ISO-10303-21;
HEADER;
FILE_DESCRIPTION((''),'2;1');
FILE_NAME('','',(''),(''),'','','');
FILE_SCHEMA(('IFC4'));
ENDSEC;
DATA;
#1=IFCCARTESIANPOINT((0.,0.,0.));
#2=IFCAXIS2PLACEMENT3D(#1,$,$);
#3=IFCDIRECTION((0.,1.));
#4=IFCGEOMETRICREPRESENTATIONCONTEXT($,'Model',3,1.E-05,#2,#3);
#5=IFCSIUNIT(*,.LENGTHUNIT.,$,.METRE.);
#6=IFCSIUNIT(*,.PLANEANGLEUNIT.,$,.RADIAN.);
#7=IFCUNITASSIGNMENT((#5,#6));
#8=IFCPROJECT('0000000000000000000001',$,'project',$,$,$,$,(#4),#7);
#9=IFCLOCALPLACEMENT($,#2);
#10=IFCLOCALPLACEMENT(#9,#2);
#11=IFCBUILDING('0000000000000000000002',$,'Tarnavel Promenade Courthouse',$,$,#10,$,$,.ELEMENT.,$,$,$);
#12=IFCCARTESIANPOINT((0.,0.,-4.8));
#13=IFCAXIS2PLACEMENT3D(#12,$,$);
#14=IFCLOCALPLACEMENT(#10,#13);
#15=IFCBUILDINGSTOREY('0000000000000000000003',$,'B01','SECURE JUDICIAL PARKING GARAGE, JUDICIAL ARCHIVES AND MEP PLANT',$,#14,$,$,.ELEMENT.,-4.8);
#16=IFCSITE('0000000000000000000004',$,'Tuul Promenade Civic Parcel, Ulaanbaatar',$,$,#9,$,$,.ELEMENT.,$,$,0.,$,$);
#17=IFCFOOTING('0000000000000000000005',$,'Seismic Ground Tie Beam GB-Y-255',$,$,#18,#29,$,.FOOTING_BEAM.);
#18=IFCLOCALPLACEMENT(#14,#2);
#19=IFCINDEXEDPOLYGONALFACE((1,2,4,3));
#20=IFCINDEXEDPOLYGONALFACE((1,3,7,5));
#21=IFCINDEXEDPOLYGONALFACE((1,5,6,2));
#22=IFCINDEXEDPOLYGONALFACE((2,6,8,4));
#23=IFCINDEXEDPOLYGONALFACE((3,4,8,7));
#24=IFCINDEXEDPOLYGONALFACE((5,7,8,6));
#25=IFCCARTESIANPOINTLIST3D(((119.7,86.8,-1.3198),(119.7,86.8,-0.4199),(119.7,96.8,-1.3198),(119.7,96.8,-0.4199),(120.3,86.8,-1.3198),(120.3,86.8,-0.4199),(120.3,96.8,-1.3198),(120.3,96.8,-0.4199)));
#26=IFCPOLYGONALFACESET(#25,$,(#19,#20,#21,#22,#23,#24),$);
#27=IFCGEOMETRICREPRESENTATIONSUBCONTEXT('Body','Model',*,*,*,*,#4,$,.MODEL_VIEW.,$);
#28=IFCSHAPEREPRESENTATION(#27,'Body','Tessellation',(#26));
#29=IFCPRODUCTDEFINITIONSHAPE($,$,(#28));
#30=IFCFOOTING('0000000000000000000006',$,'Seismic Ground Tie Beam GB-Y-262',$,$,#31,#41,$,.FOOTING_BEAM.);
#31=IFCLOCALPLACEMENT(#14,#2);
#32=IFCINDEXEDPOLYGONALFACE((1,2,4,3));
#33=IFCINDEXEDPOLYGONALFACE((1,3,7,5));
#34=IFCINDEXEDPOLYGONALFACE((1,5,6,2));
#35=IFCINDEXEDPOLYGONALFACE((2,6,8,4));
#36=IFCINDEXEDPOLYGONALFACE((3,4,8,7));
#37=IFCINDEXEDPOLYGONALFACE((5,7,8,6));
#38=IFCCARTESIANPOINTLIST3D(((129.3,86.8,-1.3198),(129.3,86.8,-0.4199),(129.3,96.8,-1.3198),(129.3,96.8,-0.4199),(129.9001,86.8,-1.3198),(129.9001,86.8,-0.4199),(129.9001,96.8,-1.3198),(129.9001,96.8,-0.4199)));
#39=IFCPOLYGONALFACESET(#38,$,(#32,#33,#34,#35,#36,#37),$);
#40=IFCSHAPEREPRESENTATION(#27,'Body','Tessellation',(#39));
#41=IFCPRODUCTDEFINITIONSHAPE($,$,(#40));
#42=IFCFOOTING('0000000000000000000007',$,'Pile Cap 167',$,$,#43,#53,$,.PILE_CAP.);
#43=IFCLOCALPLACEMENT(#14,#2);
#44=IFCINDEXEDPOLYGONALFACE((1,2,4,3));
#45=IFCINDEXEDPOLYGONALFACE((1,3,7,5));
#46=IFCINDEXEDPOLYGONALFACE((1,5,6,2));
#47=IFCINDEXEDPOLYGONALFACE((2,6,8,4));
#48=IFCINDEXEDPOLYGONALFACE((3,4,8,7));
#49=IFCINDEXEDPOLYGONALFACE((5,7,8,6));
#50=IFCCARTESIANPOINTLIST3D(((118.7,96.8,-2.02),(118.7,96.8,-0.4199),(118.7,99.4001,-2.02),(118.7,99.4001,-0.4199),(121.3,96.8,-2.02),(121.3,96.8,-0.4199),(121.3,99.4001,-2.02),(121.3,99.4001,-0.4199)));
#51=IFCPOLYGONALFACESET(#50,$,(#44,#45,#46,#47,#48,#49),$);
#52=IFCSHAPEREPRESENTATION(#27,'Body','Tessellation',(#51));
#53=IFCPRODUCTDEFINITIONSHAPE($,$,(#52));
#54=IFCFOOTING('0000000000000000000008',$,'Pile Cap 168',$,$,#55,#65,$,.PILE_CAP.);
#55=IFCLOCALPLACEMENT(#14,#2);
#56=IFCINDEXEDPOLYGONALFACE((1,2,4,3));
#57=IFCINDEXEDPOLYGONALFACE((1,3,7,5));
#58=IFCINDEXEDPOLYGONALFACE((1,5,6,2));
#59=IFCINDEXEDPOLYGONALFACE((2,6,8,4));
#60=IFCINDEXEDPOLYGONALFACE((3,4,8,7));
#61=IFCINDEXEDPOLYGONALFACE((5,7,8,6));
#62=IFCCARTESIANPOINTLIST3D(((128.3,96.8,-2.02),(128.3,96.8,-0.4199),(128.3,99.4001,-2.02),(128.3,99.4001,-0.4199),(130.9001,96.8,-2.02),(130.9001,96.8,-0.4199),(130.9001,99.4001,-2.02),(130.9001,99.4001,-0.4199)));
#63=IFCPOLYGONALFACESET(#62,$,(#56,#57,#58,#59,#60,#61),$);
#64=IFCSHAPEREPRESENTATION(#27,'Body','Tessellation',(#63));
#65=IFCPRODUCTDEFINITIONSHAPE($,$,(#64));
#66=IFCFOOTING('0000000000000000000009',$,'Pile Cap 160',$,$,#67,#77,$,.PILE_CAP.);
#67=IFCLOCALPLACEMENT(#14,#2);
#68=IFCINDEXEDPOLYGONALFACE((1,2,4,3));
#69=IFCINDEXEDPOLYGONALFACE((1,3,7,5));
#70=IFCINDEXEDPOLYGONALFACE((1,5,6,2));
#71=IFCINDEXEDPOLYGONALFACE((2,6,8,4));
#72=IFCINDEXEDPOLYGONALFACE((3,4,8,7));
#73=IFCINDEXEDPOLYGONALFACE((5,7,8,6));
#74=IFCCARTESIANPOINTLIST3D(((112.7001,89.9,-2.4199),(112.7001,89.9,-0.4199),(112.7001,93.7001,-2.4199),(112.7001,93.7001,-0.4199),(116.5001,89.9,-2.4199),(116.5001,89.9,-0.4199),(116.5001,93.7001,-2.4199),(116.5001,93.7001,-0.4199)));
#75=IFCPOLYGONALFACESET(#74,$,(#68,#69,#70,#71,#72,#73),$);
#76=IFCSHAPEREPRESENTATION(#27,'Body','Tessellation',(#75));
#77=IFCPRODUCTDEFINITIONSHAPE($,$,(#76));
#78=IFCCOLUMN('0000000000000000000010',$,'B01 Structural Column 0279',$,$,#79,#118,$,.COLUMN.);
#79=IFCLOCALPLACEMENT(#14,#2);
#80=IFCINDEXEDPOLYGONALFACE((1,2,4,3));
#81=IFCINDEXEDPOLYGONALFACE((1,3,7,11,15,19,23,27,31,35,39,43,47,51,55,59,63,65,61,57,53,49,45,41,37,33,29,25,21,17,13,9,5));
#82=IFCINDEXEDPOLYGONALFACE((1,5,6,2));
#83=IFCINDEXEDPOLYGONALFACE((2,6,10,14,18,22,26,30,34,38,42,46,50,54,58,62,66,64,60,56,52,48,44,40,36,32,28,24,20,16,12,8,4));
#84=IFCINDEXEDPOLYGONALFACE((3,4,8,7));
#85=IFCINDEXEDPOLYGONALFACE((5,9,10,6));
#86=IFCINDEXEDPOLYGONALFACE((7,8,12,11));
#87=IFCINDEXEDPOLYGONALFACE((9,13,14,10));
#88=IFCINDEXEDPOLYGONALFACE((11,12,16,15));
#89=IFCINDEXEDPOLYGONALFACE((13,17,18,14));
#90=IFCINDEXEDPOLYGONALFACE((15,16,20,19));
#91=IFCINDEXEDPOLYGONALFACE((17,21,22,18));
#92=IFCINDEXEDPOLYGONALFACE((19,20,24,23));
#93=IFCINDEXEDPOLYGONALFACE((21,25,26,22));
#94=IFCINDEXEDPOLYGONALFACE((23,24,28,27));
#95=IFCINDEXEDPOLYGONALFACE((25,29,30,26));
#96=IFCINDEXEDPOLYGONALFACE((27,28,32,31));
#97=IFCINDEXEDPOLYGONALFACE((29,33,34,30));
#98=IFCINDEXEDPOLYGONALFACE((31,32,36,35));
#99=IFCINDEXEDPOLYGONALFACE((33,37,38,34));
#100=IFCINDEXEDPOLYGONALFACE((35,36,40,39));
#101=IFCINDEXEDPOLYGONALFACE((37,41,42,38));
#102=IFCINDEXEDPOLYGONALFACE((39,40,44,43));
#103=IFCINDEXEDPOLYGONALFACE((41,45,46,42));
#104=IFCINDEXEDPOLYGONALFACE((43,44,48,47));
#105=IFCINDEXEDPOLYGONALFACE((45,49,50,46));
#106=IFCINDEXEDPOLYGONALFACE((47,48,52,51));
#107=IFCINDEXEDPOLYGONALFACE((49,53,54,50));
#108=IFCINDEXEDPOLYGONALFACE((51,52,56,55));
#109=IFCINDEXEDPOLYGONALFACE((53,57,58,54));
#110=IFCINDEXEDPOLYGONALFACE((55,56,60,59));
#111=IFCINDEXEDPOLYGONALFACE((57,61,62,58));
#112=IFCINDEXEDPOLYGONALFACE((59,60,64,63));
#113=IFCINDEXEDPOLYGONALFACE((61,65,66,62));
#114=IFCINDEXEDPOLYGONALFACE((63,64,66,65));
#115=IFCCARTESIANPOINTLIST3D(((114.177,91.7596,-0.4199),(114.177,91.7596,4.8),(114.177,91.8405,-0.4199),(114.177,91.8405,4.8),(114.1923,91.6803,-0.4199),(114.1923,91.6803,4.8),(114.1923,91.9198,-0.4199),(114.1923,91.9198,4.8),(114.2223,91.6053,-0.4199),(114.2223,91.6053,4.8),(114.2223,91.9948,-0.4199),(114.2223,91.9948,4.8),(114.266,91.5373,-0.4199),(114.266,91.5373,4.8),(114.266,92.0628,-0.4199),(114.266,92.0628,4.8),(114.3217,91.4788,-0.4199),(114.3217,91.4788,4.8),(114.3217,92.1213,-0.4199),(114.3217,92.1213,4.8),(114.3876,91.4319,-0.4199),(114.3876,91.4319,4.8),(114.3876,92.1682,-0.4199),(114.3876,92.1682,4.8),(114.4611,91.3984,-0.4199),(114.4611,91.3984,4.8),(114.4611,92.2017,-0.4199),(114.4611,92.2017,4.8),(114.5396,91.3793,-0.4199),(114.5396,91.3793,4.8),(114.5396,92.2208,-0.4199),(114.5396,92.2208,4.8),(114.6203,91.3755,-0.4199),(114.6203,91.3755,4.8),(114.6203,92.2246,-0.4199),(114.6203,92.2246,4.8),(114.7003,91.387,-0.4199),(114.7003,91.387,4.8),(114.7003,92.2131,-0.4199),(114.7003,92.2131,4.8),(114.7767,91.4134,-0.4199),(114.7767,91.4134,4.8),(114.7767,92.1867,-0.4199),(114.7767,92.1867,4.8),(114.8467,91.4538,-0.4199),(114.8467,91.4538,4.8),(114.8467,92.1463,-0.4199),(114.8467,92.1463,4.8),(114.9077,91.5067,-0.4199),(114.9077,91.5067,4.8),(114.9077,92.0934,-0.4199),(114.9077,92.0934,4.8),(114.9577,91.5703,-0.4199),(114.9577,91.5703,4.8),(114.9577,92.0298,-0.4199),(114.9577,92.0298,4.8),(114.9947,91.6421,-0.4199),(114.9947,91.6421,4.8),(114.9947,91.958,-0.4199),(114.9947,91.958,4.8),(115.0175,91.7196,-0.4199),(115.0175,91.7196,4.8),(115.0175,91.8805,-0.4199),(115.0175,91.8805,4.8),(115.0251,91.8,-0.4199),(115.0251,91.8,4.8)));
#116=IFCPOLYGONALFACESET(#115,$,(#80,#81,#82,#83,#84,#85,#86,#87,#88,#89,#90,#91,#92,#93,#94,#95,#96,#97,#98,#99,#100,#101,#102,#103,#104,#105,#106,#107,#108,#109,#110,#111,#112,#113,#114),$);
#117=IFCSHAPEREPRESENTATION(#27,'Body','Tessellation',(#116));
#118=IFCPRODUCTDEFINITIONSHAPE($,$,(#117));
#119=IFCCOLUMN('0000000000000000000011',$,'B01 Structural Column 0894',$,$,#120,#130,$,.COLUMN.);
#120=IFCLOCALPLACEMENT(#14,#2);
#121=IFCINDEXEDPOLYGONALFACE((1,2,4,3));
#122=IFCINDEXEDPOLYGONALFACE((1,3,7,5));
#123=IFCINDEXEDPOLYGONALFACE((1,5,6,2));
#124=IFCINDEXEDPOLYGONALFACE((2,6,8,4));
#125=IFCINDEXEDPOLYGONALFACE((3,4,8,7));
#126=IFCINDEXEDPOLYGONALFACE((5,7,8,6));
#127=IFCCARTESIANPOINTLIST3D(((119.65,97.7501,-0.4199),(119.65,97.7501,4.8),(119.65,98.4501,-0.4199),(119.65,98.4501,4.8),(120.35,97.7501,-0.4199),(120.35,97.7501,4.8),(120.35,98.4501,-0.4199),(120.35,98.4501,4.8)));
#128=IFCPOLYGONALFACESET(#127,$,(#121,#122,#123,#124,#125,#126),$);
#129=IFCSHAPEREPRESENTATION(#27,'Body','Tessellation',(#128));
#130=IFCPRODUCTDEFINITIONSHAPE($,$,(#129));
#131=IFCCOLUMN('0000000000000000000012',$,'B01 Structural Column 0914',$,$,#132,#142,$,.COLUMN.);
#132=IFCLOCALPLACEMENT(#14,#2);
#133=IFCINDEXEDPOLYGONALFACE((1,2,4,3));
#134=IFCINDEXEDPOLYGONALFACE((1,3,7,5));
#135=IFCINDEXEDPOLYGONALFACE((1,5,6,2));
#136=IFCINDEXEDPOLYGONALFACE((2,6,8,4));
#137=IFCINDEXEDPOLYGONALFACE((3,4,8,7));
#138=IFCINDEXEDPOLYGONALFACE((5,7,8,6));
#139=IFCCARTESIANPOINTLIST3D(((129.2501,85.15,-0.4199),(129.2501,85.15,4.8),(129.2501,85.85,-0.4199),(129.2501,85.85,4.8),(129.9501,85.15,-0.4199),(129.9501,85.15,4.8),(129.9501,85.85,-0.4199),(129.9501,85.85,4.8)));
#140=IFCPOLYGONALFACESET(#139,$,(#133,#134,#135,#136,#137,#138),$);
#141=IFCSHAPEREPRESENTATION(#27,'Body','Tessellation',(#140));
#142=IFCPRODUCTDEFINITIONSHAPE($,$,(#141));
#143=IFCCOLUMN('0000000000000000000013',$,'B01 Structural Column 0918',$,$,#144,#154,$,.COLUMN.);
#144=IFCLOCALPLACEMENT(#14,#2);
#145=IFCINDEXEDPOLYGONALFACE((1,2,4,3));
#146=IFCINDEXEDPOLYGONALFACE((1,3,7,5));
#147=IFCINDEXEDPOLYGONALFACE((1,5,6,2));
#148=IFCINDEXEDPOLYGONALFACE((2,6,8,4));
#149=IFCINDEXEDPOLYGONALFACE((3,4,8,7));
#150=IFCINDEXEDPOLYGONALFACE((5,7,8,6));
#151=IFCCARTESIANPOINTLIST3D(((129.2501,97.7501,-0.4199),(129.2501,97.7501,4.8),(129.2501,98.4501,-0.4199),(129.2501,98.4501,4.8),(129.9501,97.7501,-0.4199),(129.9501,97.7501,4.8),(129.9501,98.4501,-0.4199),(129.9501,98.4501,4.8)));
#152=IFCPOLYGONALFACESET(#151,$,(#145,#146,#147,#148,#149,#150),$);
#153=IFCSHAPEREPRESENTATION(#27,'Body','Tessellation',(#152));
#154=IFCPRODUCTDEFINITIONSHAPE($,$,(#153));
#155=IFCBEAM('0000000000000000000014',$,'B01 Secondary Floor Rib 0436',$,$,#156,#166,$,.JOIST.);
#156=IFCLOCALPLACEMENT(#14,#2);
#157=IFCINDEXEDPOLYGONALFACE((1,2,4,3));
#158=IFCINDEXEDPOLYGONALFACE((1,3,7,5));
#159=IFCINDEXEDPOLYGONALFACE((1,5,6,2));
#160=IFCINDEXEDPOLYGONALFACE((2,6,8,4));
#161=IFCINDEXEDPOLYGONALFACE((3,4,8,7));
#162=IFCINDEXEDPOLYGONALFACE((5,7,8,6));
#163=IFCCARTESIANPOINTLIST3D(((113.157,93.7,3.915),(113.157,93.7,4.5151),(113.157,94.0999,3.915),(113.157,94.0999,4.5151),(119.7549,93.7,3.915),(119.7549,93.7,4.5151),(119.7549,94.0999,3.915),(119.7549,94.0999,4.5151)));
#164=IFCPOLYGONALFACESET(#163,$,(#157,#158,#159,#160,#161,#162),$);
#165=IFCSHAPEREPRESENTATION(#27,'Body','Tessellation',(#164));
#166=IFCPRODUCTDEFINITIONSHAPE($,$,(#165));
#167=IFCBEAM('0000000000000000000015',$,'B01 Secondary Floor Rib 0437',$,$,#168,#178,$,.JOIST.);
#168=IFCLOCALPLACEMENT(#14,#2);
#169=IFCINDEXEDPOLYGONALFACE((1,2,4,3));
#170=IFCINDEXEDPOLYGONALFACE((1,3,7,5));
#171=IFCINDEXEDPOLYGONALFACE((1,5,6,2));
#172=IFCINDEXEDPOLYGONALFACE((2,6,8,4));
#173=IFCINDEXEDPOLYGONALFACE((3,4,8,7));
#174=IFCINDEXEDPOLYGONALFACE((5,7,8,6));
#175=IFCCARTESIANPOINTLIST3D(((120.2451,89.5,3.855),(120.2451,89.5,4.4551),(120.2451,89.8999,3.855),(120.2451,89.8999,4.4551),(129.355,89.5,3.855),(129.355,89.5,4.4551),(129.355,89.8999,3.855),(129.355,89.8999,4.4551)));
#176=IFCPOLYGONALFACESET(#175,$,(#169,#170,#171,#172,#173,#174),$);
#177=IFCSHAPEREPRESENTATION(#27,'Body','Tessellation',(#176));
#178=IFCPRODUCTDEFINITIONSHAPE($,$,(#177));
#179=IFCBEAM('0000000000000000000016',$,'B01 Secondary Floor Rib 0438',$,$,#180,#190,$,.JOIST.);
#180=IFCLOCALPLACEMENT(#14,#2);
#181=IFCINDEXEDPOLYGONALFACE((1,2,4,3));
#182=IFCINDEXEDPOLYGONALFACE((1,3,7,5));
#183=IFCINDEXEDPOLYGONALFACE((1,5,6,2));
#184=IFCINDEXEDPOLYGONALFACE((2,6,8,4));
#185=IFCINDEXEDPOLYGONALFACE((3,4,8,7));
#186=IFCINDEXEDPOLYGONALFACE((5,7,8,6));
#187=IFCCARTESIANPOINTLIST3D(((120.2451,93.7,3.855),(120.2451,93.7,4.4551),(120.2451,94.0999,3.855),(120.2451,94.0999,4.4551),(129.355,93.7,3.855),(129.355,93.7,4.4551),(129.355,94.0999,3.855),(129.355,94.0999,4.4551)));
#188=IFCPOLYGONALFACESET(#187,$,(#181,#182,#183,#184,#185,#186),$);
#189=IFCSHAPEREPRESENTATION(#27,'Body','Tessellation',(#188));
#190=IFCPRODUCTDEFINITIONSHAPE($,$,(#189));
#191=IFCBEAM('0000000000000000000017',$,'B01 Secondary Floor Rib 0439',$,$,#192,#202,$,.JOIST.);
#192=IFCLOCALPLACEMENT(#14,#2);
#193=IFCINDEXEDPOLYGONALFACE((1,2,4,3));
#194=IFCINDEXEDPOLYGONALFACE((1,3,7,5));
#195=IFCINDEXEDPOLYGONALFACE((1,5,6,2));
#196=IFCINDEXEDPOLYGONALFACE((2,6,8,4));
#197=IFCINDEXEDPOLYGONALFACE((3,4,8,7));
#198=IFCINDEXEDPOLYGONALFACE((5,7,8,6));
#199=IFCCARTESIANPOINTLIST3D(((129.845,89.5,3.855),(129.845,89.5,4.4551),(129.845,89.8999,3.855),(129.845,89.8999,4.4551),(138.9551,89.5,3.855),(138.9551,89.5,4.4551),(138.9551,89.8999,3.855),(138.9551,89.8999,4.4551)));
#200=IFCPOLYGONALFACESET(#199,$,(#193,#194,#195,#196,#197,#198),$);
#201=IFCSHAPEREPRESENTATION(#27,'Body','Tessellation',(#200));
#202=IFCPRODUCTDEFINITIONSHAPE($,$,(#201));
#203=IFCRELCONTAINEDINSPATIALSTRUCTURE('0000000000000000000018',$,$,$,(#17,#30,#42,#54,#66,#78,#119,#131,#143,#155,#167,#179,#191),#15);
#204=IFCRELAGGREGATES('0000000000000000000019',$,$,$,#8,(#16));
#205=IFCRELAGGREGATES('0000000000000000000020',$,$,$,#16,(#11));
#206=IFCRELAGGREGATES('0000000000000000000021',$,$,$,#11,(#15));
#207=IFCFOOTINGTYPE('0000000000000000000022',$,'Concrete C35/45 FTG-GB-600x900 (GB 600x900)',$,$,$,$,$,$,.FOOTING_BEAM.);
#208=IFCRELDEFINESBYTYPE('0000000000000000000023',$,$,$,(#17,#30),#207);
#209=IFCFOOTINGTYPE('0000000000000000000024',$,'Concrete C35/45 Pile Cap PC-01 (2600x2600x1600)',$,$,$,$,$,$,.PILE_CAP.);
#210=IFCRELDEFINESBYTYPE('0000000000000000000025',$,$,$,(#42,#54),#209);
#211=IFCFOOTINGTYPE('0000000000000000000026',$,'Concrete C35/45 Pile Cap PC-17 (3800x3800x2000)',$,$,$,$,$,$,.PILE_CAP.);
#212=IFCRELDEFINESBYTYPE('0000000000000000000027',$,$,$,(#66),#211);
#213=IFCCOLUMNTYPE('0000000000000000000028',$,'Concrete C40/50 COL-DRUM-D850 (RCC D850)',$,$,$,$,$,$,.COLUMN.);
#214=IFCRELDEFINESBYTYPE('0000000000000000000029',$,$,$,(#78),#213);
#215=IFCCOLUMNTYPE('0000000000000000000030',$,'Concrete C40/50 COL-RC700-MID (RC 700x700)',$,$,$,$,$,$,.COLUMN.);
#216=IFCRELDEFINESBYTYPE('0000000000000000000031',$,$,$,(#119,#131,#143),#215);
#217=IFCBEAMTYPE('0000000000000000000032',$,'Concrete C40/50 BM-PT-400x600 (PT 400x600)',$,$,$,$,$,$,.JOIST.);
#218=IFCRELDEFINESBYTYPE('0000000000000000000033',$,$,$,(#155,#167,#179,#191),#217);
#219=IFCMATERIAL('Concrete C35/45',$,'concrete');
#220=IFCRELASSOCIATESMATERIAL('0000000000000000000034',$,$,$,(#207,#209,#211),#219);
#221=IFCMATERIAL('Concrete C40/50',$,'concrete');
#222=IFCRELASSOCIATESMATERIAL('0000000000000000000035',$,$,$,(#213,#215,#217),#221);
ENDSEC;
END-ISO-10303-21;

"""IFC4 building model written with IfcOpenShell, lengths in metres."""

from ifc_helpers import new_model, si_unit, direction, frame, origin, origin_2d, place, context, subcontext, project, spatial, rectangle, circle, extrude, material, material_profile, profile_set, type_object, element, save


model = new_model("IFC4")

# Units and contexts
model_context = context("Model", 3, precision=1e-05, world=origin(), true_north=direction((0.0, 1.0)))
body_context = subcontext(model_context, "Body", "Model", "MODEL_VIEW")
ifc_project = project(units=[si_unit("LENGTHUNIT", "METRE"), si_unit("PLANEANGLEUNIT", "RADIAN")], contexts=[model_context])

# Site, building, storey
site_placement = place(None, origin())
site = spatial("IfcSite", under=ifc_project, at=site_placement, Name="Tuul Promenade Civic Parcel, Ulaanbaatar", CompositionType="ELEMENT", RefElevation=0.0)
building_placement = place(site_placement, origin())
building = spatial("IfcBuilding", under=site, at=building_placement, Name="Tarnavel Promenade Courthouse", CompositionType="ELEMENT")
storey_placement = place(building_placement, frame((0.0, 0.0, -4.8)))
storey = spatial("IfcBuildingStorey", under=building, at=storey_placement, Name="B01", Description="SECURE JUDICIAL PARKING GARAGE, JUDICIAL ARCHIVES AND MEP PLANT", CompositionType="ELEMENT", Elevation=-4.8)

# Footings
ifc_material_1 = material(Name="Concrete C35/45", Category="concrete")
ifc_material_profile_1 = material_profile(ifc_material_1, rectangle(XDim=0.6001, YDim=0.8999, at=origin_2d()), Name="GB 600x900")
ifc_profile_set_1 = profile_set([ifc_material_profile_1], Name="Concrete C35/45")
footing_type_1 = type_object("IfcFootingType", Name="Concrete C35/45 FTG-GB-600x900 (GB 600x900)", PredefinedType="FOOTING_BEAM", material=ifc_profile_set_1)
for number, where, z_axis, x_axis, name in (
    (1, (120.0, 86.8, -0.8699), (0.0, 1.0, 0.0), (-1.0, 0.0, 0.0), "Seismic Ground Tie Beam GB-Y-255"),
    (2, (129.6001, 86.8, -0.8699), (0.0, 1.0, 0.0), (-1.0, 0.0, 0.0), "Seismic Ground Tie Beam GB-Y-262"),
):
    element("IfcFooting", number, at=place(storey_placement, frame(where, z_axis=z_axis, x_axis=x_axis)), inside=storey, type_object=footing_type_1, Name=name, PredefinedType="FOOTING_BEAM", context=body_context, shape_type="SweptSolid", body=[
        extrude(rectangle(XDim=0.6001, YDim=0.8999, at=origin_2d()), origin(), (0.0, 0.0, 1.0), 10.0),
    ])
footing_type_2 = type_object("IfcFootingType", Name="Concrete C35/45 Pile Cap PC-01 (2600x2600x1600)", PredefinedType="PILE_CAP", material=ifc_material_1)
for number, where, z_axis, x_axis, name in (
    (3, (120.0, 98.1001, -2.02), (0.0, 0.0, 1.0), (1.0, 0.0, 0.0), "Pile Cap 167"),
    (4, (129.6001, 98.1001, -2.02), (0.0, 0.0, 1.0), (1.0, 0.0, 0.0), "Pile Cap 168"),
):
    element("IfcFooting", number, at=place(storey_placement, frame(where, z_axis=z_axis, x_axis=x_axis)), inside=storey, type_object=footing_type_2, Name=name, PredefinedType="PILE_CAP", context=body_context, shape_type="SweptSolid", body=[
        extrude(rectangle(XDim=2.6001, YDim=2.6001, at=origin_2d()), origin(), (0.0, 0.0, 1.0), 1.6001),
    ])
footing_type_3 = type_object("IfcFootingType", Name="Concrete C35/45 Pile Cap PC-17 (3800x3800x2000)", PredefinedType="PILE_CAP", material=ifc_material_1)
footing_1_placement = place(storey_placement, frame((114.6001, 91.8, -2.4199), z_axis=(0.0, 0.0, 1.0), x_axis=(1.0, 0.0, 0.0)))
element("IfcFooting", 5, at=footing_1_placement, inside=storey, type_object=footing_type_3, Name="Pile Cap 160", PredefinedType="PILE_CAP", context=body_context, shape_type="SweptSolid", body=[
    extrude(rectangle(XDim=3.8, YDim=3.8, at=origin_2d()), origin(), (0.0, 0.0, 1.0), 2.0),
])

# Columns
ifc_material_2 = material(Name="Concrete C40/50", Category="concrete")
ifc_material_profile_2 = material_profile(ifc_material_2, circle(Radius=0.425, at=origin_2d()), Name="RCC D850")
ifc_profile_set_2 = profile_set([ifc_material_profile_2], Name="Concrete C40/50")
column_type_1 = type_object("IfcColumnType", Name="Concrete C40/50 COL-DRUM-D850 (RCC D850)", PredefinedType="COLUMN", material=ifc_profile_set_2)
column_placement = place(storey_placement, frame((114.6001, 91.8, -0.4199), z_axis=(0.0, 0.0, 1.0), x_axis=(1.0, 0.0, 0.0)))
element("IfcColumn", 6, at=column_placement, inside=storey, type_object=column_type_1, Name="B01 Structural Column 0279", PredefinedType="COLUMN", context=body_context, shape_type="SweptSolid", body=[
    extrude(circle(Radius=0.425, at=origin_2d()), origin(), (0.0, 0.0, 1.0), 5.22),
])
ifc_material_profile_3 = material_profile(ifc_material_2, rectangle(XDim=0.7, YDim=0.7, at=origin_2d()), Name="RC 700x700")
ifc_profile_set_3 = profile_set([ifc_material_profile_3], Name="Concrete C40/50")
column_type_2 = type_object("IfcColumnType", Name="Concrete C40/50 COL-RC700-MID (RC 700x700)", PredefinedType="COLUMN", material=ifc_profile_set_3)
for number, where, z_axis, x_axis, name in (
    (7, (120.0, 98.1001, -0.4199), (0.0, 0.0, 1.0), (1.0, 0.0, 0.0), "B01 Structural Column 0894"),
    (8, (129.6001, 85.5, -0.4199), (0.0, 0.0, 1.0), (1.0, 0.0, 0.0), "B01 Structural Column 0914"),
    (9, (129.6001, 98.1001, -0.4199), (0.0, 0.0, 1.0), (1.0, 0.0, 0.0), "B01 Structural Column 0918"),
):
    element("IfcColumn", number, at=place(storey_placement, frame(where, z_axis=z_axis, x_axis=x_axis)), inside=storey, type_object=column_type_2, Name=name, PredefinedType="COLUMN", context=body_context, shape_type="SweptSolid", body=[
        extrude(rectangle(XDim=0.7, YDim=0.7, at=origin_2d()), origin(), (0.0, 0.0, 1.0), 5.22),
    ])

# Beams
ifc_material_profile_4 = material_profile(ifc_material_2, rectangle(XDim=0.3999, YDim=0.6001, at=origin_2d()), Name="PT 400x600")
ifc_profile_set_4 = profile_set([ifc_material_profile_4], Name="Concrete C40/50")
beam_type_1 = type_object("IfcBeamType", Name="Concrete C40/50 BM-PT-400x600 (PT 400x600)", PredefinedType="JOIST", material=ifc_profile_set_4)
beam_1_placement = place(storey_placement, frame((113.157, 93.8999, 4.2151), z_axis=(1.0, 0.0, 0.0), x_axis=(0.0, 1.0, 0.0)))
element("IfcBeam", 10, at=beam_1_placement, inside=storey, type_object=beam_type_1, Name="B01 Secondary Floor Rib 0436", PredefinedType="JOIST", context=body_context, shape_type="SweptSolid", body=[
    extrude(rectangle(XDim=0.3999, YDim=0.6001, at=origin_2d()), origin(), (0.0, 0.0, 1.0), 6.5979),
])
for number, where, z_axis, x_axis, name in (
    (11, (120.2451, 89.7, 4.155), (1.0, 0.0, 0.0), (0.0, 1.0, 0.0), "B01 Secondary Floor Rib 0437"),
    (12, (120.2451, 93.8999, 4.155), (1.0, 0.0, 0.0), (0.0, 1.0, 0.0), "B01 Secondary Floor Rib 0438"),
):
    element("IfcBeam", number, at=place(storey_placement, frame(where, z_axis=z_axis, x_axis=x_axis)), inside=storey, type_object=beam_type_1, Name=name, PredefinedType="JOIST", context=body_context, shape_type="SweptSolid", body=[
        extrude(rectangle(XDim=0.3999, YDim=0.6001, at=origin_2d()), origin(), (0.0, 0.0, 1.0), 9.1099),
    ])
for number, where, z_axis, x_axis, name in (
    (13, (129.845, 89.7, 4.155), (1.0, 0.0, 0.0), (0.0, 1.0, 0.0), "B01 Secondary Floor Rib 0439"),
):
    element("IfcBeam", number, at=place(storey_placement, frame(where, z_axis=z_axis, x_axis=x_axis)), inside=storey, type_object=beam_type_1, Name=name, PredefinedType="JOIST", context=body_context, shape_type="SweptSolid", body=[
        extrude(rectangle(XDim=0.3999, YDim=0.6001, at=origin_2d()), origin(), (0.0, 0.0, 1.0), 9.1101),
    ])

save(model, "model.ifc")
